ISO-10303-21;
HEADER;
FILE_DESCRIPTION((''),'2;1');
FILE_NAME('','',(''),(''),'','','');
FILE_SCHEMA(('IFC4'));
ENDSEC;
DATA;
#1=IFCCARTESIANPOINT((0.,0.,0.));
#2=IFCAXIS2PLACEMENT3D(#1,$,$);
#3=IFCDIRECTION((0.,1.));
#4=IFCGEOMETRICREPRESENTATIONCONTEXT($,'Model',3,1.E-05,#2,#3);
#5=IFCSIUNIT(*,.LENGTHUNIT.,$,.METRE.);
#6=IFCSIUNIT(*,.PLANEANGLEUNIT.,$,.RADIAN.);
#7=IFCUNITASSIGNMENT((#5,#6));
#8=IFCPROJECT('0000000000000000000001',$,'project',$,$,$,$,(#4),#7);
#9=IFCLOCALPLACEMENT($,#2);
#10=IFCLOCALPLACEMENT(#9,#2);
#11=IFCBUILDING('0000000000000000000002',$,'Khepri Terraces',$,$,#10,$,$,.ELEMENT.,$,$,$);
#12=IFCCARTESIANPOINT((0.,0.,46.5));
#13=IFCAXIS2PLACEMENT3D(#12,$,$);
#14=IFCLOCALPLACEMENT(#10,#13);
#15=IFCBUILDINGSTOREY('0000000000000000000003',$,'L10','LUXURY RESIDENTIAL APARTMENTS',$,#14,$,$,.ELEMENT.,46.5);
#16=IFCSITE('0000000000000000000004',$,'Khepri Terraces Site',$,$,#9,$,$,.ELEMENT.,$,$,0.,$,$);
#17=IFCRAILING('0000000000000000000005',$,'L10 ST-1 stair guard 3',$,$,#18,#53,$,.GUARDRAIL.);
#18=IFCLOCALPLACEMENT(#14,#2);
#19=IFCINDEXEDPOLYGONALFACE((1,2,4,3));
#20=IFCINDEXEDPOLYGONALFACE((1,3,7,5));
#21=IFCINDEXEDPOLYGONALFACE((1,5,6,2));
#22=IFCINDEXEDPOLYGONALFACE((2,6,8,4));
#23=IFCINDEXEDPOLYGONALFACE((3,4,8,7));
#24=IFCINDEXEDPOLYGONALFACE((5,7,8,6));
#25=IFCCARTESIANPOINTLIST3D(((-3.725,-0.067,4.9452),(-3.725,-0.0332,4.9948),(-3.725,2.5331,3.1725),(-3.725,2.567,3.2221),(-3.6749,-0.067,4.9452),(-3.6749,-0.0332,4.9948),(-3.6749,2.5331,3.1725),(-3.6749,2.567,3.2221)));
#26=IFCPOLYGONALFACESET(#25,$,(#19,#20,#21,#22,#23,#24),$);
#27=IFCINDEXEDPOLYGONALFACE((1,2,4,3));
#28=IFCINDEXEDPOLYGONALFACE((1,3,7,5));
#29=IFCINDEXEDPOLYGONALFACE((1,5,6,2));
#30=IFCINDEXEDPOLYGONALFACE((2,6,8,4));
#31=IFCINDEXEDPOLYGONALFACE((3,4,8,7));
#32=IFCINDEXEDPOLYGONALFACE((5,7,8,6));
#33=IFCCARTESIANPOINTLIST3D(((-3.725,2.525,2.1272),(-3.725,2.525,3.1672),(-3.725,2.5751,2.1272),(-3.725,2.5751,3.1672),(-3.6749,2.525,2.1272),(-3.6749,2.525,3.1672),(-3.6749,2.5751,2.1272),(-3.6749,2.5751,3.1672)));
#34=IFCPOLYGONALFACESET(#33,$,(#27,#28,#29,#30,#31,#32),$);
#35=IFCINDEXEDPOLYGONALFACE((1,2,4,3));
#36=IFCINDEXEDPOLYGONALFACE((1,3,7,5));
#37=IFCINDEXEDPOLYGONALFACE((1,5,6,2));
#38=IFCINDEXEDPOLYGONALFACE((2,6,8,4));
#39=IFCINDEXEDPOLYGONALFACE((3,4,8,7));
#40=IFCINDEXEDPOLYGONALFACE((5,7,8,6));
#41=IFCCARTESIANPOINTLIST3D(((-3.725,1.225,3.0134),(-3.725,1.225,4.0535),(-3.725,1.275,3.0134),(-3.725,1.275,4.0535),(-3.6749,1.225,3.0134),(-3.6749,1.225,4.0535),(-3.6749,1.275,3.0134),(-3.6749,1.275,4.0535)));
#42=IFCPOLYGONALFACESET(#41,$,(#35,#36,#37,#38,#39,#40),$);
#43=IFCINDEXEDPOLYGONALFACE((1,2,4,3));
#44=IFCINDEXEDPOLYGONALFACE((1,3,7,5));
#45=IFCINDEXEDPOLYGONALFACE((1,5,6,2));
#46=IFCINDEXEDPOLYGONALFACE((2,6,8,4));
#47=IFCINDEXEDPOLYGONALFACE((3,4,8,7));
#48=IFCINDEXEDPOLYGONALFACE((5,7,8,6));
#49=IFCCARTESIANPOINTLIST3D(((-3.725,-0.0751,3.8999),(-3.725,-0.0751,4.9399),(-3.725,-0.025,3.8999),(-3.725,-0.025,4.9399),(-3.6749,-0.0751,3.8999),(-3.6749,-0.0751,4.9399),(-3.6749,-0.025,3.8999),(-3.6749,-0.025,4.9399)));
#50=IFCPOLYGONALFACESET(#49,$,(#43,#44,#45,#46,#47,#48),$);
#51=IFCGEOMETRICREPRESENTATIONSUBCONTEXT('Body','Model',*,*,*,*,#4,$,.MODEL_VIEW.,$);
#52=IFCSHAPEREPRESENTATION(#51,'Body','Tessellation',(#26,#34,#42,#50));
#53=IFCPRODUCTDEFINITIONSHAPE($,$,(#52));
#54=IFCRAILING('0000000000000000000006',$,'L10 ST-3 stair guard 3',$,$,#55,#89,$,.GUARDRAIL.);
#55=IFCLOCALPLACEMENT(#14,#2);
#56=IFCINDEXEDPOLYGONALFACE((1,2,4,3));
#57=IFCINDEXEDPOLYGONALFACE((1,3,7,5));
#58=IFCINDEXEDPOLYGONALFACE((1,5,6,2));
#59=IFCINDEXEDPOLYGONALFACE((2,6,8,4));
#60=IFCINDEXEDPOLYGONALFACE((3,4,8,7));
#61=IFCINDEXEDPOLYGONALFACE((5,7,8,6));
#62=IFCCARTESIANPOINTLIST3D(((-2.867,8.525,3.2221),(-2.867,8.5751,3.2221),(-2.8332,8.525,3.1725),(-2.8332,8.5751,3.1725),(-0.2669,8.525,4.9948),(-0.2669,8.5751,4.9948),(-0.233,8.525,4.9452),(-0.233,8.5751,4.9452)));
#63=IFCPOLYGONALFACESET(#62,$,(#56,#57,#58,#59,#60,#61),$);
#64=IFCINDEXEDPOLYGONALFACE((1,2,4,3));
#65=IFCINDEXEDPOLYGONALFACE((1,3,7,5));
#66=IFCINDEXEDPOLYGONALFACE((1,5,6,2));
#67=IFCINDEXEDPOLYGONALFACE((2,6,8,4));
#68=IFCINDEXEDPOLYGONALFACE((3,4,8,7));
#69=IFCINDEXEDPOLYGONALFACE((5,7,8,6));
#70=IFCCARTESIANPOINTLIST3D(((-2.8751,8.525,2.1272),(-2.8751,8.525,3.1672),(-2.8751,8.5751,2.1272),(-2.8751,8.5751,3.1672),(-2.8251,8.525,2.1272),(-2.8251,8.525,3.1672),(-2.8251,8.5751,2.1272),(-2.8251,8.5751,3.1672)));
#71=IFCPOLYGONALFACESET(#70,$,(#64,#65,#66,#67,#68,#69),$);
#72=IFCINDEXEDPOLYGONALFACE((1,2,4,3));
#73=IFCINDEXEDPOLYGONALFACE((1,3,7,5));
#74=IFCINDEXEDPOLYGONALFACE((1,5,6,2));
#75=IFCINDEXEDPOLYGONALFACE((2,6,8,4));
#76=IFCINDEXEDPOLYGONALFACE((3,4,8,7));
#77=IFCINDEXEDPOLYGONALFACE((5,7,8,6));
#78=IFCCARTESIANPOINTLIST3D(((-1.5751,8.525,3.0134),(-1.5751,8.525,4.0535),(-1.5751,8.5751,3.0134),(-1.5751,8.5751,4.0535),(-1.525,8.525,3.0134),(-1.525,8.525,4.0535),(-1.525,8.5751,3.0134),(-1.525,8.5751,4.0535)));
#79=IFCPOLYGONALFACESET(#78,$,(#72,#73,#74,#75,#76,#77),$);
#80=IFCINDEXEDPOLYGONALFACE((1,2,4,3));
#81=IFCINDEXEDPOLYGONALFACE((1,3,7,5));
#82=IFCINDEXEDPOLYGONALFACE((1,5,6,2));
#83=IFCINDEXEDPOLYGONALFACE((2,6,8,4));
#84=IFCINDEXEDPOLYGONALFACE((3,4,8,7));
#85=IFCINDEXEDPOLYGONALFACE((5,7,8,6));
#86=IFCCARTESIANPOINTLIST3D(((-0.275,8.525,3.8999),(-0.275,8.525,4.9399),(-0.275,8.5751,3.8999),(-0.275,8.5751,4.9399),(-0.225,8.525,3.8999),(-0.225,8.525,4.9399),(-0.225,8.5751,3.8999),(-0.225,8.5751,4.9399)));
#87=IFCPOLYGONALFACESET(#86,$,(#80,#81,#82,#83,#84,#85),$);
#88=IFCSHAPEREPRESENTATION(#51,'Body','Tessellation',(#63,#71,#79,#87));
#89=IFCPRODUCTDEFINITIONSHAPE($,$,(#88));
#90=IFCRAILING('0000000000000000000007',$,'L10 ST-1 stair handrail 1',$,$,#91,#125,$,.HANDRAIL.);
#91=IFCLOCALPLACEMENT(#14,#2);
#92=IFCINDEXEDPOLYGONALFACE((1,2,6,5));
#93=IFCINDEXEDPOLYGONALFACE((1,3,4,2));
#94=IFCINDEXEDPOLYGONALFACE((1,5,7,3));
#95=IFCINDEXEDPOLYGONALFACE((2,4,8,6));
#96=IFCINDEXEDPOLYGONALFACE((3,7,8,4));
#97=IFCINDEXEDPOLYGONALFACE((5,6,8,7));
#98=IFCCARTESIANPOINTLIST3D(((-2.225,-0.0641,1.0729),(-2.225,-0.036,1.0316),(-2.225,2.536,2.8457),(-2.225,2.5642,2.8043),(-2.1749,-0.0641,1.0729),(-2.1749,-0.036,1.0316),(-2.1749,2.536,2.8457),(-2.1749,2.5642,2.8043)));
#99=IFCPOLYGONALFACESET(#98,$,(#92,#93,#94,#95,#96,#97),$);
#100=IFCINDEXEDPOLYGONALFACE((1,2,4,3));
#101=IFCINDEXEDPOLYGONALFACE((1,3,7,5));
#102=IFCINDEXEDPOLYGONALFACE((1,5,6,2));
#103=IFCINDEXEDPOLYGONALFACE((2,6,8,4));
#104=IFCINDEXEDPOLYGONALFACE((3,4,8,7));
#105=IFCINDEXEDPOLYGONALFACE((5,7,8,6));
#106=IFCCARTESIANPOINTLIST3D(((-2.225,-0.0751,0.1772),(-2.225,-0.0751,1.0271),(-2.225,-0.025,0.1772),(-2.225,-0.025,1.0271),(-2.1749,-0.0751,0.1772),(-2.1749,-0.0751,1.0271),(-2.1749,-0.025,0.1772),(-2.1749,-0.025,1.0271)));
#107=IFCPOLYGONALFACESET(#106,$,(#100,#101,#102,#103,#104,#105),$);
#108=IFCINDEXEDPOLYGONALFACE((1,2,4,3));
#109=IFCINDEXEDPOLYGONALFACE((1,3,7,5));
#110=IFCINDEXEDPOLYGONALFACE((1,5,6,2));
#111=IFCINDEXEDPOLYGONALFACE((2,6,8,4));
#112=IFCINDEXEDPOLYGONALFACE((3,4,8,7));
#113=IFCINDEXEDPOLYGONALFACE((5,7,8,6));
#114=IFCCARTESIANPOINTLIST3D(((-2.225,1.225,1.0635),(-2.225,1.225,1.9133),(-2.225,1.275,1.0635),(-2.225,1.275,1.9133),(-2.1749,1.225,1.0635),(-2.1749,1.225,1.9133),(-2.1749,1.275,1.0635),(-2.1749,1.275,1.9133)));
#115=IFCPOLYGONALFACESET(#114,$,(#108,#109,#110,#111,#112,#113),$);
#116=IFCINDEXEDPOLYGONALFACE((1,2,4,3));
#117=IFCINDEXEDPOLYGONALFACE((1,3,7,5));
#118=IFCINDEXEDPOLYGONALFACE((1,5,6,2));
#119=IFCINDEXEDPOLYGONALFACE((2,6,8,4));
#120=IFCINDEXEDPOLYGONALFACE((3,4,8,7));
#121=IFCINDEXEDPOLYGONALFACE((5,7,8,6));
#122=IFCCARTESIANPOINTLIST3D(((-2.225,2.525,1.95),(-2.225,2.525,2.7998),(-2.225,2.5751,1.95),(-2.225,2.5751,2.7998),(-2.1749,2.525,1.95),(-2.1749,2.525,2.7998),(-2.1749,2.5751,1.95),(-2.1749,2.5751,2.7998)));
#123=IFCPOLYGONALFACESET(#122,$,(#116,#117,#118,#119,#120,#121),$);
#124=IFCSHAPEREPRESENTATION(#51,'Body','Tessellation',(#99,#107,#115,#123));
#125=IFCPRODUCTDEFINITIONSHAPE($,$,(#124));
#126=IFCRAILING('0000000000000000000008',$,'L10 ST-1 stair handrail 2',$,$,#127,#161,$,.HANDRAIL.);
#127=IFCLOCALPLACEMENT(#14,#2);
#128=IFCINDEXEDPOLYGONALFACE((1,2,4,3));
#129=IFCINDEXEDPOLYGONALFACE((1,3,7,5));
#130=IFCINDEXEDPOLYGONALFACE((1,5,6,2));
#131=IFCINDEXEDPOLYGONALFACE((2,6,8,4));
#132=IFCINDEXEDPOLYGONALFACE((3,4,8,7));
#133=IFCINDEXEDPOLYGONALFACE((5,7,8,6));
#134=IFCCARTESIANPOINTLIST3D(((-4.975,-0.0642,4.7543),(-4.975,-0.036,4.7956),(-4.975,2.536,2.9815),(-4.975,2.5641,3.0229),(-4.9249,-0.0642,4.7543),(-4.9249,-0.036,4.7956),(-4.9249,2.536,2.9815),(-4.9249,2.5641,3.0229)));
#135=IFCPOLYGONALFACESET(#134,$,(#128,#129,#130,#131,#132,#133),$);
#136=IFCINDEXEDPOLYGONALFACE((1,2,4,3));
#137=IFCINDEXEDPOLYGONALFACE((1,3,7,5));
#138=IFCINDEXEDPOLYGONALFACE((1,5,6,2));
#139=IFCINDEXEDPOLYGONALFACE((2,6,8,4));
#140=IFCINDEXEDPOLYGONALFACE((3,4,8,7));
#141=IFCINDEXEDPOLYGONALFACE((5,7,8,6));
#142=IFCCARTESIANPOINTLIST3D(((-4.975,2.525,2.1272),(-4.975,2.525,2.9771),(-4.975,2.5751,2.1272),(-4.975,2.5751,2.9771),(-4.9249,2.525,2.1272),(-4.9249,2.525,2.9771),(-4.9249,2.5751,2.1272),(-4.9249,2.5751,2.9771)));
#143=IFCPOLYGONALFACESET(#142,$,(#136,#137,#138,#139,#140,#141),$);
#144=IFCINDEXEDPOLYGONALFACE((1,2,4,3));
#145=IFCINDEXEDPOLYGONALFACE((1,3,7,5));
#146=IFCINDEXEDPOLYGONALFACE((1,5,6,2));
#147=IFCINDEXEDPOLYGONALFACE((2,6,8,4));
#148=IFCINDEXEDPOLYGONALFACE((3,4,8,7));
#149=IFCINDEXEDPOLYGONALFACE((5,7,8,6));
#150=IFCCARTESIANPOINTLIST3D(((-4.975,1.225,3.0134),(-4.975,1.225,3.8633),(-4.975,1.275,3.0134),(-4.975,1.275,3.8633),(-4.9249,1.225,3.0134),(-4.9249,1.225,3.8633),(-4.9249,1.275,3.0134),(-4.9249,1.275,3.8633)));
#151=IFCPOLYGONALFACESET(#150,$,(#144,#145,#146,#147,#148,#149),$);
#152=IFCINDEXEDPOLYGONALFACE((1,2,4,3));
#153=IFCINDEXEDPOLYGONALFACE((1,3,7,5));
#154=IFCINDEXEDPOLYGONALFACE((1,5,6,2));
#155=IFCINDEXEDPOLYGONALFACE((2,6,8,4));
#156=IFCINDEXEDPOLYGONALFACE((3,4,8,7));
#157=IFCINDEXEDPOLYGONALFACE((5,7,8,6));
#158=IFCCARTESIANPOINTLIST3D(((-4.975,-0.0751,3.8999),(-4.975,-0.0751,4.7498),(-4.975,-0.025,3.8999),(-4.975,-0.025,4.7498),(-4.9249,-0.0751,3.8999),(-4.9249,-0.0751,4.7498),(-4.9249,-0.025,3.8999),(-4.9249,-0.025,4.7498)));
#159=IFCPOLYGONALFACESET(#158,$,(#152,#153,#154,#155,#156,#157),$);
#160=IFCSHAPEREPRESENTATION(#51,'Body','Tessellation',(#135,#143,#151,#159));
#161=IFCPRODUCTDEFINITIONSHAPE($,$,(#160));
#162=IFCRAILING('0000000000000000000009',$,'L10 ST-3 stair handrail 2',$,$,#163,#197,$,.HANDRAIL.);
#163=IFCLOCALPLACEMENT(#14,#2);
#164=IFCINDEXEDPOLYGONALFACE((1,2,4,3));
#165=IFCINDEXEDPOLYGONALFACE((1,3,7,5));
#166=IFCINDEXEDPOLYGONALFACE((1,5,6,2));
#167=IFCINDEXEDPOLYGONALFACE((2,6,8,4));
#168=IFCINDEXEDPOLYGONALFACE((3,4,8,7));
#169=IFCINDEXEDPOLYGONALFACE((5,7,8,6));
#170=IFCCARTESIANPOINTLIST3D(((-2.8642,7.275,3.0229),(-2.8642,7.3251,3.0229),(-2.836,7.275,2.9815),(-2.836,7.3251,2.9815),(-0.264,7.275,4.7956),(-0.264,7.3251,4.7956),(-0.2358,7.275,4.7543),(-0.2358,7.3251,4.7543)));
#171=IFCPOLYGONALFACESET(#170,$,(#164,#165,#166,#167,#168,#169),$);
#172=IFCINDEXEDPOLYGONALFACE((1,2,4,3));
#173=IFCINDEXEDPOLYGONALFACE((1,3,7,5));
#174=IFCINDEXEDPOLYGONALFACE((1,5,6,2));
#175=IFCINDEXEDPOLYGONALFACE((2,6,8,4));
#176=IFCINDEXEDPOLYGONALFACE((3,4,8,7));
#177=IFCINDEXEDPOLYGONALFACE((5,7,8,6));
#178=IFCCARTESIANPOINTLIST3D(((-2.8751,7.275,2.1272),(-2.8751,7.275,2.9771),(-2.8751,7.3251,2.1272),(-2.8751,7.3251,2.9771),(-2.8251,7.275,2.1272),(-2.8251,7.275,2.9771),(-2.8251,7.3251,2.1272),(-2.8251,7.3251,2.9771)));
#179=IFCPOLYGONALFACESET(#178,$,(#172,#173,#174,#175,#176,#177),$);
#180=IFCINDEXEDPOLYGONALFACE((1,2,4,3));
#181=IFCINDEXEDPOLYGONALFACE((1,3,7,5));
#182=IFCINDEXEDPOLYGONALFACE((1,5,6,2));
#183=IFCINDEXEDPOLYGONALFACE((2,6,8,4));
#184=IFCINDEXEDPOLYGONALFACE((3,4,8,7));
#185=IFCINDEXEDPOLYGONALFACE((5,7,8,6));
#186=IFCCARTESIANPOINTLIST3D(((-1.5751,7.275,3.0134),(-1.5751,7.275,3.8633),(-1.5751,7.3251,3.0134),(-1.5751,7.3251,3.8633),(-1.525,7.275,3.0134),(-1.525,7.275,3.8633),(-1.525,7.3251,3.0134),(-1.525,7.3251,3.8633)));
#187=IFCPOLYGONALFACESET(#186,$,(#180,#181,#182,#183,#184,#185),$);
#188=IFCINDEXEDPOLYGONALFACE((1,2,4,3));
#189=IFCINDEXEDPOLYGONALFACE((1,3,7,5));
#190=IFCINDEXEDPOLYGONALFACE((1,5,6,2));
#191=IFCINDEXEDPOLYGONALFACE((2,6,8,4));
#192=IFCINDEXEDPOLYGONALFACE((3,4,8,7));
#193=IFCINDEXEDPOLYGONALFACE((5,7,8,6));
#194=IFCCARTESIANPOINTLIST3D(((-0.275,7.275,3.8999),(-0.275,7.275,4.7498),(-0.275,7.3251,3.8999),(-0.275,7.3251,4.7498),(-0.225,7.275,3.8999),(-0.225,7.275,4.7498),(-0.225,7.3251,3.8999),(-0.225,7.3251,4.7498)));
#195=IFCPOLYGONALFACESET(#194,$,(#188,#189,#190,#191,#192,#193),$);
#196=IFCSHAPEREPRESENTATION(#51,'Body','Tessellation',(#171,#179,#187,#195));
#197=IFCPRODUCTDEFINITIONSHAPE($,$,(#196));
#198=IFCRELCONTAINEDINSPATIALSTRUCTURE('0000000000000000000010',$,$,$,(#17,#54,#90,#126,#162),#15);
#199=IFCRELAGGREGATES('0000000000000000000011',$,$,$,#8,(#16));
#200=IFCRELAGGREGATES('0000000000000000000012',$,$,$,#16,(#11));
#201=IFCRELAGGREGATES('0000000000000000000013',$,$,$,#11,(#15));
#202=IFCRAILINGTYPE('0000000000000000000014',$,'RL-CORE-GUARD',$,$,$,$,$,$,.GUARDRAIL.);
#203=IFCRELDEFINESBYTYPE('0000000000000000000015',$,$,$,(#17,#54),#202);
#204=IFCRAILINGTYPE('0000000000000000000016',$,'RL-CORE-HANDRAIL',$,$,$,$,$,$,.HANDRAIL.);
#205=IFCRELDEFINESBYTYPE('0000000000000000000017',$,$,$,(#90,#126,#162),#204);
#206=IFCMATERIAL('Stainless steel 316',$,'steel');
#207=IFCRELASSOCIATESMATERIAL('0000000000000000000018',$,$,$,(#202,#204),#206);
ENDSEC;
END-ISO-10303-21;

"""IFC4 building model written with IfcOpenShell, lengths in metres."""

from ifc_helpers import new_model, si_unit, direction, frame, origin, origin_2d, place, context, subcontext, project, spatial, rectangle, extrude, material, type_object, element, save


model = new_model("IFC4")

# Units and contexts
model_context = context("Model", 3, precision=1e-05, world=origin(), true_north=direction((0.0, 1.0)))
body_context = subcontext(model_context, "Body", "Model", "MODEL_VIEW")
ifc_project = project(units=[si_unit("LENGTHUNIT", "METRE"), si_unit("PLANEANGLEUNIT", "RADIAN")], contexts=[model_context])

# Site, building, storey
site_placement = place(None, origin())
site = spatial("IfcSite", under=ifc_project, at=site_placement, Name="Khepri Terraces Site", CompositionType="ELEMENT", RefElevation=0.0)
building_placement = place(site_placement, origin())
building = spatial("IfcBuilding", under=site, at=building_placement, Name="Khepri Terraces", CompositionType="ELEMENT")
storey_placement = place(building_placement, frame((0.0, 0.0, 46.5)))
storey = spatial("IfcBuildingStorey", under=building, at=storey_placement, Name="L10", Description="LUXURY RESIDENTIAL APARTMENTS", CompositionType="ELEMENT", Elevation=46.5)

# Railings
ifc_material_1 = material(Name="Stainless steel 316", Category="steel")
railing_type_1 = type_object("IfcRailingType", Name="RL-CORE-GUARD", PredefinedType="GUARDRAIL", material=ifc_material_1)
railing_1_placement = place(storey_placement, frame((-3.7, 2.55, 2.1272)))
element("IfcRailing", 1, at=railing_1_placement, inside=storey, type_object=railing_type_1, Name="L10 ST-1 stair guard 3", PredefinedType="GUARDRAIL", context=body_context, shape_type="SweptSolid", body=[
    extrude(rectangle(XDim=0.05, YDim=0.0601, at=origin_2d()), frame((0.0, 0.0, 1.0701), z_axis=(0.0, -0.82624, 0.563318), x_axis=(1.0, 0.0, 0.0)), (0.0, 0.0, 1.0), 3.147),
    extrude(rectangle(XDim=0.05, YDim=0.05, at=origin_2d()), origin(), (0.0, 0.0, 1.0), 1.04),
    extrude(rectangle(XDim=0.05, YDim=0.05, at=origin_2d()), frame((0.0, -1.3, 0.8862)), (0.0, 0.0, 1.0), 1.04),
    extrude(rectangle(XDim=0.05, YDim=0.05, at=origin_2d()), frame((0.0, -2.6001, 1.7727)), (0.0, 0.0, 1.0), 1.04),
])
railing_2_placement = place(storey_placement, frame((-2.8501, 8.55, 2.1272)))
element("IfcRailing", 2, at=railing_2_placement, inside=storey, type_object=railing_type_1, Name="L10 ST-3 stair guard 3", PredefinedType="GUARDRAIL", context=body_context, shape_type="SweptSolid", body=[
    extrude(rectangle(XDim=0.05, YDim=0.0601, at=origin_2d()), frame((0.0, 0.0, 1.0701), z_axis=(0.82624, 0.0, 0.563318), x_axis=(0.0, 1.0, 0.0)), (0.0, 0.0, 1.0), 3.147),
    extrude(rectangle(XDim=0.05, YDim=0.05, at=origin_2d()), origin(), (0.0, 0.0, 1.0), 1.04),
    extrude(rectangle(XDim=0.05, YDim=0.05, at=origin_2d()), frame((1.3, 0.0, 0.8862)), (0.0, 0.0, 1.0), 1.04),
    extrude(rectangle(XDim=0.05, YDim=0.05, at=origin_2d()), frame((2.6001, 0.0, 1.7727)), (0.0, 0.0, 1.0), 1.04),
])
railing_type_2 = type_object("IfcRailingType", Name="RL-CORE-HANDRAIL", PredefinedType="HANDRAIL", material=ifc_material_1)
railing_3_placement = place(storey_placement, frame((-2.2, -0.05, 0.1772)))
element("IfcRailing", 3, at=railing_3_placement, inside=storey, type_object=railing_type_2, Name="L10 ST-1 stair handrail 1", PredefinedType="HANDRAIL", context=body_context, shape_type="SweptSolid", body=[
    extrude(rectangle(XDim=0.05, YDim=0.05, at=origin_2d()), frame((0.0, 0.0, 0.875), z_axis=(0.0, 0.82624, 0.563318), x_axis=(-1.0, 0.0, 0.0)), (0.0, 0.0, 1.0), 3.147),
    extrude(rectangle(XDim=0.05, YDim=0.05, at=origin_2d()), origin(), (0.0, 0.0, 1.0), 0.8499),
    extrude(rectangle(XDim=0.05, YDim=0.05, at=origin_2d()), frame((0.0, 1.3, 0.8862)), (0.0, 0.0, 1.0), 0.8499),
    extrude(rectangle(XDim=0.05, YDim=0.05, at=origin_2d()), frame((0.0, 2.6001, 1.7727)), (0.0, 0.0, 1.0), 0.8499),
])
railing_4_placement = place(storey_placement, frame((-4.95, 2.55, 2.1272)))
element("IfcRailing", 4, at=railing_4_placement, inside=storey, type_object=railing_type_2, Name="L10 ST-1 stair handrail 2", PredefinedType="HANDRAIL", context=body_context, shape_type="SweptSolid", body=[
    extrude(rectangle(XDim=0.05, YDim=0.05, at=origin_2d()), frame((0.0, 0.0, 0.875), z_axis=(0.0, -0.82624, 0.563318), x_axis=(1.0, 0.0, 0.0)), (0.0, 0.0, 1.0), 3.147),
    extrude(rectangle(XDim=0.05, YDim=0.05, at=origin_2d()), origin(), (0.0, 0.0, 1.0), 0.8499),
    extrude(rectangle(XDim=0.05, YDim=0.05, at=origin_2d()), frame((0.0, -1.3, 0.8862)), (0.0, 0.0, 1.0), 0.8499),
    extrude(rectangle(XDim=0.05, YDim=0.05, at=origin_2d()), frame((0.0, -2.6001, 1.7727)), (0.0, 0.0, 1.0), 0.8499),
])
railing_5_placement = place(storey_placement, frame((-2.8501, 7.3, 2.1272)))
element("IfcRailing", 5, at=railing_5_placement, inside=storey, type_object=railing_type_2, Name="L10 ST-3 stair handrail 2", PredefinedType="HANDRAIL", context=body_context, shape_type="SweptSolid", body=[
    extrude(rectangle(XDim=0.05, YDim=0.05, at=origin_2d()), frame((0.0, 0.0, 0.875), z_axis=(0.82624, 0.0, 0.563318), x_axis=(0.0, 1.0, 0.0)), (0.0, 0.0, 1.0), 3.147),
    extrude(rectangle(XDim=0.05, YDim=0.05, at=origin_2d()), origin(), (0.0, 0.0, 1.0), 0.8499),
    extrude(rectangle(XDim=0.05, YDim=0.05, at=origin_2d()), frame((1.3, 0.0, 0.8862)), (0.0, 0.0, 1.0), 0.8499),
    extrude(rectangle(XDim=0.05, YDim=0.05, at=origin_2d()), frame((2.6001, 0.0, 1.7727)), (0.0, 0.0, 1.0), 0.8499),
])

save(model, "model.ifc")
